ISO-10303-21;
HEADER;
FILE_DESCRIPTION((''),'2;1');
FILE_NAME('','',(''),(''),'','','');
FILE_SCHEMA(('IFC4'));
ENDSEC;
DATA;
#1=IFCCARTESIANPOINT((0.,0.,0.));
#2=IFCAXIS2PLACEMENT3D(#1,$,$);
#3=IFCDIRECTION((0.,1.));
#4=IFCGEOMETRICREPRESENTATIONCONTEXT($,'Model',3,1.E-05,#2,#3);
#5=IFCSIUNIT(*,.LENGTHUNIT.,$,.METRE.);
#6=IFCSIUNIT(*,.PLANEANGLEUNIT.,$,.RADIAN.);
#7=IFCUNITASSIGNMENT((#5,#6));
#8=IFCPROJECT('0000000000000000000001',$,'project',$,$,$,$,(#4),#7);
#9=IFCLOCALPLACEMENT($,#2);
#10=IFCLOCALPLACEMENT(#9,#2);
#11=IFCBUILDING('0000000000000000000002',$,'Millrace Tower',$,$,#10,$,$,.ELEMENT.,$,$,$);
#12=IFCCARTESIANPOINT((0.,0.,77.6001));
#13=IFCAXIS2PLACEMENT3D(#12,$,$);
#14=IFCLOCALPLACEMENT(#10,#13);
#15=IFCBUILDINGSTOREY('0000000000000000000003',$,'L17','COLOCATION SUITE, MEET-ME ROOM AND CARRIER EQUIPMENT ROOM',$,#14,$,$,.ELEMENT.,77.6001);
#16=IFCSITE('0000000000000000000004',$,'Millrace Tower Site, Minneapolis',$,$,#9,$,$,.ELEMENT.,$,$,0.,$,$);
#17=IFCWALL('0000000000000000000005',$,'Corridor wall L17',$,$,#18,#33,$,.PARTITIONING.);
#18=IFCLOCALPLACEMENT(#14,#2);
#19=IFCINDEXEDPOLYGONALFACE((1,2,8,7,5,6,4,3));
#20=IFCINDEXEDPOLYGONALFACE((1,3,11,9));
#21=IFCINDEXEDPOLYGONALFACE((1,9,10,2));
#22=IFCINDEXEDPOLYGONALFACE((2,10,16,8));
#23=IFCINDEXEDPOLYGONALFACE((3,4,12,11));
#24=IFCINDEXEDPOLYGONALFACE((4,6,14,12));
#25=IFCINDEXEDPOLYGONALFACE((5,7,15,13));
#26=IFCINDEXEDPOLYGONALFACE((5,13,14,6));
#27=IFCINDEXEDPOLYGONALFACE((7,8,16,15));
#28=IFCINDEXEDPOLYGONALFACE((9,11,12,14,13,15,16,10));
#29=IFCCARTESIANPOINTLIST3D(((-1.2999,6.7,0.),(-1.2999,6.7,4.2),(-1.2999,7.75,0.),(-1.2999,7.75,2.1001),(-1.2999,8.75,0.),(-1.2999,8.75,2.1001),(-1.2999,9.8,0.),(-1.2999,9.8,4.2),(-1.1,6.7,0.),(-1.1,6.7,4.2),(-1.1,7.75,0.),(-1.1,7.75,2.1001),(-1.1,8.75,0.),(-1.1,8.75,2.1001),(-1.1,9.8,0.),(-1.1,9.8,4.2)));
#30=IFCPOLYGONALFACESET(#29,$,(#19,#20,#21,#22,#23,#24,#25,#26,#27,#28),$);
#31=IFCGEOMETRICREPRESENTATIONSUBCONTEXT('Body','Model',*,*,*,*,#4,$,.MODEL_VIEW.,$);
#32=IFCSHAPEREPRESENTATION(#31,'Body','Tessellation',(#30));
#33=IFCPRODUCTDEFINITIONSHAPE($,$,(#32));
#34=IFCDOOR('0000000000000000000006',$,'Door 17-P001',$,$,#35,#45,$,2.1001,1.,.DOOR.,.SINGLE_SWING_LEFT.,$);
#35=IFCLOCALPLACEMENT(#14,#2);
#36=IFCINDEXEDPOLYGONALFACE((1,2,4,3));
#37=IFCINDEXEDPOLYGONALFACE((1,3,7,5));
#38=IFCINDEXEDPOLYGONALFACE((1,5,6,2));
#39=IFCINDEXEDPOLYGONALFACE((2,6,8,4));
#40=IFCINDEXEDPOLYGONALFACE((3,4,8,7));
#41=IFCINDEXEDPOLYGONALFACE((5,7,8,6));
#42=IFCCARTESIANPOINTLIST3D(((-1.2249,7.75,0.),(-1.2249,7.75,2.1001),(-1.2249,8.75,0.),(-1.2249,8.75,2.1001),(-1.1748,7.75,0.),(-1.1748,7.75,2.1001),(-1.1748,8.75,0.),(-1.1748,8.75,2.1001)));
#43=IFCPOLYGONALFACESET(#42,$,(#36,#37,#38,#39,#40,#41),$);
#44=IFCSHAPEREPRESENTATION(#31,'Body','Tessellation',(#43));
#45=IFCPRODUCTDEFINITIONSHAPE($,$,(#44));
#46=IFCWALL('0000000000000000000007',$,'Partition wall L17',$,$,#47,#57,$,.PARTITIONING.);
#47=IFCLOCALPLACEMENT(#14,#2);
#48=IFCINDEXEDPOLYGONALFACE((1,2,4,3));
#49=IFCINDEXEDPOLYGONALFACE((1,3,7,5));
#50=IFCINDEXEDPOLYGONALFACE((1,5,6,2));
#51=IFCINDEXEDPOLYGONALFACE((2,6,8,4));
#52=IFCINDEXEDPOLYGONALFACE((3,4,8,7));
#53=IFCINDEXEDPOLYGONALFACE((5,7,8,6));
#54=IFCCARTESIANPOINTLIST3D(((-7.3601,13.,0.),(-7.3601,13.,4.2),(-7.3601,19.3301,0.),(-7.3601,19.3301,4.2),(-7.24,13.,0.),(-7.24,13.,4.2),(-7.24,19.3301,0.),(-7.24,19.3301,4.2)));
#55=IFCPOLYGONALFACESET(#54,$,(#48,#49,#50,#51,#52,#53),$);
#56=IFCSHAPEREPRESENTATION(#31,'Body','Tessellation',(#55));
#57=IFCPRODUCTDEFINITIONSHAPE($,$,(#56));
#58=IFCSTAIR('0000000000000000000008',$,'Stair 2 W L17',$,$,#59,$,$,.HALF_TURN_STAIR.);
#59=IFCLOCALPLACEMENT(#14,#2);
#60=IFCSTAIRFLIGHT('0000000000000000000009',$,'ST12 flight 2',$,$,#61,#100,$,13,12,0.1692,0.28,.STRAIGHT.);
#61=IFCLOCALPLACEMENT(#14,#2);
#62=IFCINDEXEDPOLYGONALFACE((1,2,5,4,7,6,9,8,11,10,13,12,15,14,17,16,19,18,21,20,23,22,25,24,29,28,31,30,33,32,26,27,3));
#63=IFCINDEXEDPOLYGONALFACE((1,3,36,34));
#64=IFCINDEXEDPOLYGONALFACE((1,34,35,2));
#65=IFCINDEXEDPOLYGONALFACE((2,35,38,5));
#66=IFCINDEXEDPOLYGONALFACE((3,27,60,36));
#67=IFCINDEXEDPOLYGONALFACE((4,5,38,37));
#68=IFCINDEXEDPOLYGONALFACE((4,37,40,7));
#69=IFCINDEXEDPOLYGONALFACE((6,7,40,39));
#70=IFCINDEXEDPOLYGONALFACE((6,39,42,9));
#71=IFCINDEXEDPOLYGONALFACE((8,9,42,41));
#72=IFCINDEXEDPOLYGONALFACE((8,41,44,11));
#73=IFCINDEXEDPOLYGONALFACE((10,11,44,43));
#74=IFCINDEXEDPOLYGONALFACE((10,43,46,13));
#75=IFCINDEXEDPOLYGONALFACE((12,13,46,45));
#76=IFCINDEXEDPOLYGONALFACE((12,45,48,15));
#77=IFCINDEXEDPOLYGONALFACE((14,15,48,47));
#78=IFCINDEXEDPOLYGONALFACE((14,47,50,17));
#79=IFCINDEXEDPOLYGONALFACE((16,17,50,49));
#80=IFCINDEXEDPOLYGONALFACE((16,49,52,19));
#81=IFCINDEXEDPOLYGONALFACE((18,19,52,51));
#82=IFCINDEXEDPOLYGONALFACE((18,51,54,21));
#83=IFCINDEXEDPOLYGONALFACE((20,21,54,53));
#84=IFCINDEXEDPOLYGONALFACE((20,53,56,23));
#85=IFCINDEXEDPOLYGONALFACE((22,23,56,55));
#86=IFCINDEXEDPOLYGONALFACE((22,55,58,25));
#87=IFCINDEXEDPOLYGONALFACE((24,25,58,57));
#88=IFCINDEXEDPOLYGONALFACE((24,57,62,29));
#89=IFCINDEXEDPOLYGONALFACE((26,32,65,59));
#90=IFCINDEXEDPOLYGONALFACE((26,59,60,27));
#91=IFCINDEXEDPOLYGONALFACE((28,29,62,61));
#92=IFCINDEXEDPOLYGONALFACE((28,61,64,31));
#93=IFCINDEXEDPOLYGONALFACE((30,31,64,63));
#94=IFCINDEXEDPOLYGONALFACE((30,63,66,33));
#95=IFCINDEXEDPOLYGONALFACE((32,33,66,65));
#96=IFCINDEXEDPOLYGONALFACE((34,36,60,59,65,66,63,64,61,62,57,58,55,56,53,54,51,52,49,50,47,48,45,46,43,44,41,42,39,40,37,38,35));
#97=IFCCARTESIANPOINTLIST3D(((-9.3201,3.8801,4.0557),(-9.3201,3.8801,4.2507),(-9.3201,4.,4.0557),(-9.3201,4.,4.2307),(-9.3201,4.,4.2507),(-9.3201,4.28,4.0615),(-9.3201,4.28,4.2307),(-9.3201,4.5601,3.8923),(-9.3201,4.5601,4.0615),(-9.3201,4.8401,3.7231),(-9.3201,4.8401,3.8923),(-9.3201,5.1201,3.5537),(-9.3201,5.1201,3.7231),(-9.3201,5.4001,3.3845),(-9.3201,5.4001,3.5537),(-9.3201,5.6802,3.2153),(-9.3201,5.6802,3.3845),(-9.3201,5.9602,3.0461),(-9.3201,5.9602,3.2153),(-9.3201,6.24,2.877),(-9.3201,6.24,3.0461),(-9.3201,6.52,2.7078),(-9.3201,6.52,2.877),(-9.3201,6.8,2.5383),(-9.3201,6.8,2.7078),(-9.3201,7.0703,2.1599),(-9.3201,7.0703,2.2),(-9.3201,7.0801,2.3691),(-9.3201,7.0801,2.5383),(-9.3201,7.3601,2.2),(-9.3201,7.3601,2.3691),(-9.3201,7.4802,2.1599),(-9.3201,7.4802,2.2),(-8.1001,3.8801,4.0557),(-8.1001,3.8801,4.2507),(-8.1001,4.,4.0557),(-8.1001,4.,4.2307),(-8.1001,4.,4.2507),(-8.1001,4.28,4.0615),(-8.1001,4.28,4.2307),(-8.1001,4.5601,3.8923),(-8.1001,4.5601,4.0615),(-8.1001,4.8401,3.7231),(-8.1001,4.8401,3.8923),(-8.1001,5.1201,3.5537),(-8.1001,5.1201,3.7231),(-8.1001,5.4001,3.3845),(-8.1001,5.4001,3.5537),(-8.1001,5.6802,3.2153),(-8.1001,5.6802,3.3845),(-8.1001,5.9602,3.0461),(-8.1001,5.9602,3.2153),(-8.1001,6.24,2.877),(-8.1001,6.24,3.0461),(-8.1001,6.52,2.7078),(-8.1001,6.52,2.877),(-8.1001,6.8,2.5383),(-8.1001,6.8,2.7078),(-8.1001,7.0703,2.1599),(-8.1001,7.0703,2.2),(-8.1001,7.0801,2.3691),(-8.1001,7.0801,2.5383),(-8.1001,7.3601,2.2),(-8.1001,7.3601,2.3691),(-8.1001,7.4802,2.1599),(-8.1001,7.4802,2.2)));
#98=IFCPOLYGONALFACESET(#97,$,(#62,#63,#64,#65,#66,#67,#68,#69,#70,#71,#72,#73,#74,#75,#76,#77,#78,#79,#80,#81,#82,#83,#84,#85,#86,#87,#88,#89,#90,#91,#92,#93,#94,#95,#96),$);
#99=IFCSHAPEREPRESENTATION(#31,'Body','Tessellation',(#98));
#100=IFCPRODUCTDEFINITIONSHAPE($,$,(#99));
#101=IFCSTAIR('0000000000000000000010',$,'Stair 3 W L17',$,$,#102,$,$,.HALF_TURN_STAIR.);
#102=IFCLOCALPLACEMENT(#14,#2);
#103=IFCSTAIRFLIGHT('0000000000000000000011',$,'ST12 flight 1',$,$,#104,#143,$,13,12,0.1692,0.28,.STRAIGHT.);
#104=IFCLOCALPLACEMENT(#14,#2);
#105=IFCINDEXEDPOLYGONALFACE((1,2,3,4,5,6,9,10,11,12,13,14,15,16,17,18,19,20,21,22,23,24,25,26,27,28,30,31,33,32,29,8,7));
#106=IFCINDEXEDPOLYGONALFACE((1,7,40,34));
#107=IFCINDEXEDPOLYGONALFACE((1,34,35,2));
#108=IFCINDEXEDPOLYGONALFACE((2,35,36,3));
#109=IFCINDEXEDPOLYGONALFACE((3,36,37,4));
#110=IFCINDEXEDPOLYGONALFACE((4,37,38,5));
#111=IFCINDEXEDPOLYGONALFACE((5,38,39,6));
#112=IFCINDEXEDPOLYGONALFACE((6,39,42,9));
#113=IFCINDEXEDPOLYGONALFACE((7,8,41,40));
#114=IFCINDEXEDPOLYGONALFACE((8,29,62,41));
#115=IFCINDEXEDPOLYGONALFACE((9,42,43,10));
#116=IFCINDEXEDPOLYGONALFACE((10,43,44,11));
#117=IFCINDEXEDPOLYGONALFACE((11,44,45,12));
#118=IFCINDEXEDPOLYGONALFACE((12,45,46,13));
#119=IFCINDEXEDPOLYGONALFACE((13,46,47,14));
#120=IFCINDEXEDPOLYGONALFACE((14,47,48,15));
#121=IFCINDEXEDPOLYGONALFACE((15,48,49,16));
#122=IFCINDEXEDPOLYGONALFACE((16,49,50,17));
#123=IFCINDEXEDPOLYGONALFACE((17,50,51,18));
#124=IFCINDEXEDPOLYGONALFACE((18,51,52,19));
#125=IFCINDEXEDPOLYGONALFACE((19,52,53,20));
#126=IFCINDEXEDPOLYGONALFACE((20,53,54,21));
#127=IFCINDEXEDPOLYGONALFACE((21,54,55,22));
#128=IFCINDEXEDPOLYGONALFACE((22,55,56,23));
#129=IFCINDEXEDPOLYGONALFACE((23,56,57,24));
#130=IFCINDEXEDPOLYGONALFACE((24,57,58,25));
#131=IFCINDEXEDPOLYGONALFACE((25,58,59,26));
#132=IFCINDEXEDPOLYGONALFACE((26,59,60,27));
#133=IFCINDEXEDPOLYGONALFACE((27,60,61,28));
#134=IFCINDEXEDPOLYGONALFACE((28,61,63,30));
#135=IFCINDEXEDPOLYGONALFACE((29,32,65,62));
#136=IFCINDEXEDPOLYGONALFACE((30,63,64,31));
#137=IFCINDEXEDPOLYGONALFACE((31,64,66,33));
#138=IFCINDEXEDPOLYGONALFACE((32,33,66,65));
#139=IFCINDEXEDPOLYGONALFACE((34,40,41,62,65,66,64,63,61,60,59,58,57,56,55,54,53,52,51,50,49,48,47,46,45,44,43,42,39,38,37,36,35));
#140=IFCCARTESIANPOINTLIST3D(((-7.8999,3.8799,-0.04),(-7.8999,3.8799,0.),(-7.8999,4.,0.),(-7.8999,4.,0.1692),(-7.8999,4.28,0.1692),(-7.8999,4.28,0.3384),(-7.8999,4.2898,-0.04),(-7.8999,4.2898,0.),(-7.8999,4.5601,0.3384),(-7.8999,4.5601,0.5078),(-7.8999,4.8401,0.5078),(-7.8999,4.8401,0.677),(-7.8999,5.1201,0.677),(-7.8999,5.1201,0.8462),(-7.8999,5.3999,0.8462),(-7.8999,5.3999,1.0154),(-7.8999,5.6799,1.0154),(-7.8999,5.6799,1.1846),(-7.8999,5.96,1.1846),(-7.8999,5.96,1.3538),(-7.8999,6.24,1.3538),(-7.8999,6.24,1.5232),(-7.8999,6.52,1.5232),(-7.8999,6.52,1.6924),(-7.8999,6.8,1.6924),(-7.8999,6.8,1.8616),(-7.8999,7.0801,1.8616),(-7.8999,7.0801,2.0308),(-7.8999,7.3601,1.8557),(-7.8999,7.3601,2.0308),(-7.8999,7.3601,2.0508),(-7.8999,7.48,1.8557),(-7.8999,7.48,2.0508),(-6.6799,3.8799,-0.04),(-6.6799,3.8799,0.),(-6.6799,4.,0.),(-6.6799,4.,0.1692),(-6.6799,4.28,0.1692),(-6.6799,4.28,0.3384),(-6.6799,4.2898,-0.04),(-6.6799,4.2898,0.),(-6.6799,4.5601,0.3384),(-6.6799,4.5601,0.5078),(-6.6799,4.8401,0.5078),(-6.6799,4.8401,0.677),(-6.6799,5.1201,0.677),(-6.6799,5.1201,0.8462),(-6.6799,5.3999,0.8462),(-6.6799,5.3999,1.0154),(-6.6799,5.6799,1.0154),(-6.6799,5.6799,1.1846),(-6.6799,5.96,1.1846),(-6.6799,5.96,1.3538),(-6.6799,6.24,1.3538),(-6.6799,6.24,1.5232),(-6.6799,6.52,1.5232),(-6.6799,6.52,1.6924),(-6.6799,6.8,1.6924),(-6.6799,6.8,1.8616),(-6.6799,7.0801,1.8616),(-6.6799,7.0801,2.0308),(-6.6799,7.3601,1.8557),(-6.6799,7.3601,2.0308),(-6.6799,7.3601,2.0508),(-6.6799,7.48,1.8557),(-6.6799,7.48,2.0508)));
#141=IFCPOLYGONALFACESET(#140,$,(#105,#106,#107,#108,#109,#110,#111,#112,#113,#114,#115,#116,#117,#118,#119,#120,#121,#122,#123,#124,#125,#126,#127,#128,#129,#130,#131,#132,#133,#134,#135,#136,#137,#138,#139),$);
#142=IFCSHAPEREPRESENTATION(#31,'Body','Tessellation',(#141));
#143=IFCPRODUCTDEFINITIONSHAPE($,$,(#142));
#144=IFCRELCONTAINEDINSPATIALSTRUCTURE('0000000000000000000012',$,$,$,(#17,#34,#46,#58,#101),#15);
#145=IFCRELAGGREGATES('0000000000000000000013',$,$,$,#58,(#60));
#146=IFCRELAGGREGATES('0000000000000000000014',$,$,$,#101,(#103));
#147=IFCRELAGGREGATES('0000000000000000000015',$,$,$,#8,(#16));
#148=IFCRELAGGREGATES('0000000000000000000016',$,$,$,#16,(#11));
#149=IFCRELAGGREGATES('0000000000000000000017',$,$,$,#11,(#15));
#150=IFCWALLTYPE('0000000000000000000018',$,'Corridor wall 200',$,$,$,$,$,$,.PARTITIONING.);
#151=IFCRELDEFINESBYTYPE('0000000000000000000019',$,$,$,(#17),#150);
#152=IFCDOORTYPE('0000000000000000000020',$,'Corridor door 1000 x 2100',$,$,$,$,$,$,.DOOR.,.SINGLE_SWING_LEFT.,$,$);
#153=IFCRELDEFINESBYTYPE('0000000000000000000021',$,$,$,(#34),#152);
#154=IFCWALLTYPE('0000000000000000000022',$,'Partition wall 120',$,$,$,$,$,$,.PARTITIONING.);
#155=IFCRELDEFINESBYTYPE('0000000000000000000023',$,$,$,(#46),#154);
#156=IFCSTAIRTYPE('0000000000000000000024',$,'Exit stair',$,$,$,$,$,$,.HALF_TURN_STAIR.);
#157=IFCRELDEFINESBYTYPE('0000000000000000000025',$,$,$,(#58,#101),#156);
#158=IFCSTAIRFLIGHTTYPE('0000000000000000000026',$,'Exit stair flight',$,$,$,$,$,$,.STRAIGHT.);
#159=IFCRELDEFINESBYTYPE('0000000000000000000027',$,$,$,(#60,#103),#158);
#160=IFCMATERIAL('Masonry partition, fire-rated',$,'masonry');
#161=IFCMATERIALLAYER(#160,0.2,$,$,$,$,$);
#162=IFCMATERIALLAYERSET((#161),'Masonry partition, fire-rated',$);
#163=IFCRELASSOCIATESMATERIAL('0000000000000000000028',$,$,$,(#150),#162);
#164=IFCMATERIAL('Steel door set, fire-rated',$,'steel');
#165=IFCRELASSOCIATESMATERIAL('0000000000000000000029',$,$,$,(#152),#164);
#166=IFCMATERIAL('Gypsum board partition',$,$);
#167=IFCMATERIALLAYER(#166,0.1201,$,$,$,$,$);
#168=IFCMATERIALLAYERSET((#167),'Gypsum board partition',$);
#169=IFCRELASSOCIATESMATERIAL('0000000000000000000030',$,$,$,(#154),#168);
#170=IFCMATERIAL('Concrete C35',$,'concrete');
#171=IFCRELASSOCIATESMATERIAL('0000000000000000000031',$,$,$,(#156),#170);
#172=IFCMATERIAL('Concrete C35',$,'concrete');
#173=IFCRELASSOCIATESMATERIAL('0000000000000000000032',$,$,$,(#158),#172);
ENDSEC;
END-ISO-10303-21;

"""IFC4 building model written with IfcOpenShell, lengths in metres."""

from ifc_helpers import new_model, si_unit, direction, frame, frame_2d, origin, place, context, subcontext, project, spatial, polyline, rectangle, outline, extrude, material, layer, layer_set, type_object, element, fill, aggregate, save


model = new_model("IFC4")

# Units and contexts
model_context = context("Model", 3, precision=1e-05, world=origin(), true_north=direction((0.0, 1.0)))
body_context = subcontext(model_context, "Body", "Model", "MODEL_VIEW")
ifc_project = project(units=[si_unit("LENGTHUNIT", "METRE"), si_unit("PLANEANGLEUNIT", "RADIAN")], contexts=[model_context])

# Site, building, storey
site_placement = place(None, origin())
site = spatial("IfcSite", under=ifc_project, at=site_placement, Name="Millrace Tower Site, Minneapolis", CompositionType="ELEMENT", RefElevation=0.0)
building_placement = place(site_placement, origin())
building = spatial("IfcBuilding", under=site, at=building_placement, Name="Millrace Tower", CompositionType="ELEMENT")
storey_placement = place(building_placement, frame((0.0, 0.0, 77.6001)))
storey = spatial("IfcBuildingStorey", under=building, at=storey_placement, Name="L17", Description="COLOCATION SUITE, MEET-ME ROOM AND CARRIER EQUIPMENT ROOM", CompositionType="ELEMENT", Elevation=77.6001)

# Shared definitions
placement = place(storey_placement, origin())

# Shared definitions
ifc_material_1 = material(Name="Masonry partition, fire-rated", Category="masonry")
ifc_layer_1 = layer(ifc_material_1, 0.2)
ifc_layer_set_1 = layer_set([ifc_layer_1], Name="Masonry partition, fire-rated")
wall_type_1 = type_object("IfcWallType", Name="Corridor wall 200", PredefinedType="PARTITIONING", material=ifc_layer_set_1)

# Wall, opening, door
wall_1_placement = place(storey_placement, frame((-1.2, 6.7, 0.0), z_axis=(0.0, 0.0, 1.0), x_axis=(0.0, 1.0, 0.0)))
wall_1 = element("IfcWall", 1, at=wall_1_placement, inside=storey, type_object=wall_type_1, Name="Corridor wall L17", PredefinedType="PARTITIONING", context=body_context, shape_type="SweptSolid", body=[
    extrude(rectangle(XDim=3.1001, YDim=0.2, at=frame_2d((1.55, 0.0))), origin(), (0.0, 0.0, 1.0), 4.2),
])
opening_placement = place(wall_1_placement, frame((1.05, 0.0, 0.0)))
opening = element("IfcOpeningElement", 2, at=opening_placement, cuts=wall_1, PredefinedType="OPENING", context=body_context, shape_type="SweptSolid", body=[
    extrude(rectangle(XDim=1.0, YDim=2.1001, at=frame_2d((0.5, 1.05))), frame((0.0, 0.1099, 0.0), z_axis=(0.0, -1.0, 0.0), x_axis=(1.0, 0.0, 0.0)), (0.0, 0.0, 1.0), 0.22),
])
ifc_material_2 = material(Name="Steel door set, fire-rated", Category="steel")
door_type = type_object("IfcDoorType", Name="Corridor door 1000 x 2100", OperationType="SINGLE_SWING_LEFT", PredefinedType="DOOR", material=ifc_material_2)
door_placement = place(opening_placement, origin())
door = element("IfcDoor", 3, at=door_placement, inside=storey, type_object=door_type, Name="Door 17-P001", OperationType="SINGLE_SWING_LEFT", OverallHeight=2.1001, OverallWidth=1.0, PredefinedType="DOOR", context=body_context, shape_type="SweptSolid", body=[
    extrude(rectangle(XDim=1.0, YDim=2.1001, at=frame_2d((0.5, 1.05))), frame((0.0, 0.0249, 0.0), z_axis=(0.0, -1.0, 0.0), x_axis=(1.0, 0.0, 0.0)), (0.0, 0.0, 1.0), 0.05),
])
fill(opening, door)

# Wall
ifc_material_3 = material(Name="Gypsum board partition")
ifc_layer_2 = layer(ifc_material_3, 0.1201)
ifc_layer_set_2 = layer_set([ifc_layer_2], Name="Gypsum board partition")
wall_type_2 = type_object("IfcWallType", Name="Partition wall 120", PredefinedType="PARTITIONING", material=ifc_layer_set_2)
wall_2_placement = place(storey_placement, frame((-7.3, 13.0, 0.0), z_axis=(0.0, 0.0, 1.0), x_axis=(0.0, 1.0, 0.0)))
element("IfcWall", 4, at=wall_2_placement, inside=storey, type_object=wall_type_2, Name="Partition wall L17", PredefinedType="PARTITIONING", context=body_context, shape_type="SweptSolid", body=[
    extrude(rectangle(XDim=6.3301, YDim=0.1201, at=frame_2d((3.165, 0.0))), origin(), (0.0, 0.0, 1.0), 4.2),
])

# Stair, stair flight
ifc_material_4 = material(Name="Concrete C35", Category="concrete")
stair_type = type_object("IfcStairType", Name="Exit stair", PredefinedType="HALF_TURN_STAIR", material=ifc_material_4)
stair_1 = element("IfcStair", 5, at=placement, inside=storey, type_object=stair_type, Name="Stair 2 W L17", PredefinedType="HALF_TURN_STAIR")
ifc_material_5 = material(Name="Concrete C35", Category="concrete")
stair_flight_type = type_object("IfcStairFlightType", Name="Exit stair flight", PredefinedType="STRAIGHT", material=ifc_material_5)
stair_flight_1_placement = place(storey_placement, frame((-8.71, 7.3601, 2.2), z_axis=(0.0, 0.0, 1.0), x_axis=(0.0, -1.0, 0.0)))
stair_flight_1 = element("IfcStairFlight", 6, at=stair_flight_1_placement, type_object=stair_flight_type, Name="ST12 flight 2", NumberOfRisers=13, NumberOfTreads=12, PredefinedType="STRAIGHT", RiserHeight=0.1692, TreadLength=0.28, context=body_context, shape_type="SweptSolid", body=[
    extrude(outline(polyline([(-0.1201, -0.04), (-0.1201, 0.0), (0.0, 0.0), (0.0, 0.1692), (0.28, 0.1692), (0.28, 0.3384), (0.5601, 0.3384), (0.5601, 0.5078), (0.8401, 0.5078), (0.8401, 0.677), (1.1201, 0.677), (1.1201, 0.8462), (1.3999, 0.8462), (1.3999, 1.0154), (1.6799, 1.0154), (1.6799, 1.1846), (1.96, 1.1846), (1.96, 1.3538), (2.24, 1.3538), (2.24, 1.5232), (2.52, 1.5232), (2.52, 1.6924), (2.8, 1.6924), (2.8, 1.8616), (3.0801, 1.8616), (3.0801, 2.0308), (3.3601, 2.0308), (3.3601, 2.0508), (3.48, 2.0508), (3.48, 1.8557), (3.3601, 1.8557), (0.2898, 0.0), (0.2898, -0.04), (-0.1201, -0.04)])), frame((0.0, 0.6099, 0.0), z_axis=(0.0, -1.0, 0.0), x_axis=(1.0, 0.0, 0.0)), (0.0, 0.0, 1.0), 1.22),
])
aggregate(stair_1, [stair_flight_1])

# Stair, stair flight
stair_2 = element("IfcStair", 7, at=placement, inside=storey, type_object=stair_type, Name="Stair 3 W L17", PredefinedType="HALF_TURN_STAIR")
stair_flight_2_placement = place(storey_placement, frame((-7.29, 4.0, 0.0), z_axis=(0.0, 0.0, 1.0), x_axis=(0.0, 1.0, 0.0)))
stair_flight_2 = element("IfcStairFlight", 8, at=stair_flight_2_placement, type_object=stair_flight_type, Name="ST12 flight 1", NumberOfRisers=13, NumberOfTreads=12, PredefinedType="STRAIGHT", RiserHeight=0.1692, TreadLength=0.28, context=body_context, shape_type="SweptSolid", body=[
    extrude(outline(polyline([(-0.1201, -0.04), (-0.1201, 0.0), (0.0, 0.0), (0.0, 0.1692), (0.28, 0.1692), (0.28, 0.3384), (0.5601, 0.3384), (0.5601, 0.5078), (0.8401, 0.5078), (0.8401, 0.677), (1.1201, 0.677), (1.1201, 0.8462), (1.3999, 0.8462), (1.3999, 1.0154), (1.6799, 1.0154), (1.6799, 1.1846), (1.96, 1.1846), (1.96, 1.3538), (2.24, 1.3538), (2.24, 1.5232), (2.52, 1.5232), (2.52, 1.6924), (2.8, 1.6924), (2.8, 1.8616), (3.0801, 1.8616), (3.0801, 2.0308), (3.3601, 2.0308), (3.3601, 2.0508), (3.48, 2.0508), (3.48, 1.8557), (3.3601, 1.8557), (0.2898, 0.0), (0.2898, -0.04), (-0.1201, -0.04)])), frame((0.0, 0.6099, 0.0), z_axis=(0.0, -1.0, 0.0), x_axis=(1.0, 0.0, 0.0)), (0.0, 0.0, 1.0), 1.22),
])
aggregate(stair_2, [stair_flight_2])

save(model, "model.ifc")
